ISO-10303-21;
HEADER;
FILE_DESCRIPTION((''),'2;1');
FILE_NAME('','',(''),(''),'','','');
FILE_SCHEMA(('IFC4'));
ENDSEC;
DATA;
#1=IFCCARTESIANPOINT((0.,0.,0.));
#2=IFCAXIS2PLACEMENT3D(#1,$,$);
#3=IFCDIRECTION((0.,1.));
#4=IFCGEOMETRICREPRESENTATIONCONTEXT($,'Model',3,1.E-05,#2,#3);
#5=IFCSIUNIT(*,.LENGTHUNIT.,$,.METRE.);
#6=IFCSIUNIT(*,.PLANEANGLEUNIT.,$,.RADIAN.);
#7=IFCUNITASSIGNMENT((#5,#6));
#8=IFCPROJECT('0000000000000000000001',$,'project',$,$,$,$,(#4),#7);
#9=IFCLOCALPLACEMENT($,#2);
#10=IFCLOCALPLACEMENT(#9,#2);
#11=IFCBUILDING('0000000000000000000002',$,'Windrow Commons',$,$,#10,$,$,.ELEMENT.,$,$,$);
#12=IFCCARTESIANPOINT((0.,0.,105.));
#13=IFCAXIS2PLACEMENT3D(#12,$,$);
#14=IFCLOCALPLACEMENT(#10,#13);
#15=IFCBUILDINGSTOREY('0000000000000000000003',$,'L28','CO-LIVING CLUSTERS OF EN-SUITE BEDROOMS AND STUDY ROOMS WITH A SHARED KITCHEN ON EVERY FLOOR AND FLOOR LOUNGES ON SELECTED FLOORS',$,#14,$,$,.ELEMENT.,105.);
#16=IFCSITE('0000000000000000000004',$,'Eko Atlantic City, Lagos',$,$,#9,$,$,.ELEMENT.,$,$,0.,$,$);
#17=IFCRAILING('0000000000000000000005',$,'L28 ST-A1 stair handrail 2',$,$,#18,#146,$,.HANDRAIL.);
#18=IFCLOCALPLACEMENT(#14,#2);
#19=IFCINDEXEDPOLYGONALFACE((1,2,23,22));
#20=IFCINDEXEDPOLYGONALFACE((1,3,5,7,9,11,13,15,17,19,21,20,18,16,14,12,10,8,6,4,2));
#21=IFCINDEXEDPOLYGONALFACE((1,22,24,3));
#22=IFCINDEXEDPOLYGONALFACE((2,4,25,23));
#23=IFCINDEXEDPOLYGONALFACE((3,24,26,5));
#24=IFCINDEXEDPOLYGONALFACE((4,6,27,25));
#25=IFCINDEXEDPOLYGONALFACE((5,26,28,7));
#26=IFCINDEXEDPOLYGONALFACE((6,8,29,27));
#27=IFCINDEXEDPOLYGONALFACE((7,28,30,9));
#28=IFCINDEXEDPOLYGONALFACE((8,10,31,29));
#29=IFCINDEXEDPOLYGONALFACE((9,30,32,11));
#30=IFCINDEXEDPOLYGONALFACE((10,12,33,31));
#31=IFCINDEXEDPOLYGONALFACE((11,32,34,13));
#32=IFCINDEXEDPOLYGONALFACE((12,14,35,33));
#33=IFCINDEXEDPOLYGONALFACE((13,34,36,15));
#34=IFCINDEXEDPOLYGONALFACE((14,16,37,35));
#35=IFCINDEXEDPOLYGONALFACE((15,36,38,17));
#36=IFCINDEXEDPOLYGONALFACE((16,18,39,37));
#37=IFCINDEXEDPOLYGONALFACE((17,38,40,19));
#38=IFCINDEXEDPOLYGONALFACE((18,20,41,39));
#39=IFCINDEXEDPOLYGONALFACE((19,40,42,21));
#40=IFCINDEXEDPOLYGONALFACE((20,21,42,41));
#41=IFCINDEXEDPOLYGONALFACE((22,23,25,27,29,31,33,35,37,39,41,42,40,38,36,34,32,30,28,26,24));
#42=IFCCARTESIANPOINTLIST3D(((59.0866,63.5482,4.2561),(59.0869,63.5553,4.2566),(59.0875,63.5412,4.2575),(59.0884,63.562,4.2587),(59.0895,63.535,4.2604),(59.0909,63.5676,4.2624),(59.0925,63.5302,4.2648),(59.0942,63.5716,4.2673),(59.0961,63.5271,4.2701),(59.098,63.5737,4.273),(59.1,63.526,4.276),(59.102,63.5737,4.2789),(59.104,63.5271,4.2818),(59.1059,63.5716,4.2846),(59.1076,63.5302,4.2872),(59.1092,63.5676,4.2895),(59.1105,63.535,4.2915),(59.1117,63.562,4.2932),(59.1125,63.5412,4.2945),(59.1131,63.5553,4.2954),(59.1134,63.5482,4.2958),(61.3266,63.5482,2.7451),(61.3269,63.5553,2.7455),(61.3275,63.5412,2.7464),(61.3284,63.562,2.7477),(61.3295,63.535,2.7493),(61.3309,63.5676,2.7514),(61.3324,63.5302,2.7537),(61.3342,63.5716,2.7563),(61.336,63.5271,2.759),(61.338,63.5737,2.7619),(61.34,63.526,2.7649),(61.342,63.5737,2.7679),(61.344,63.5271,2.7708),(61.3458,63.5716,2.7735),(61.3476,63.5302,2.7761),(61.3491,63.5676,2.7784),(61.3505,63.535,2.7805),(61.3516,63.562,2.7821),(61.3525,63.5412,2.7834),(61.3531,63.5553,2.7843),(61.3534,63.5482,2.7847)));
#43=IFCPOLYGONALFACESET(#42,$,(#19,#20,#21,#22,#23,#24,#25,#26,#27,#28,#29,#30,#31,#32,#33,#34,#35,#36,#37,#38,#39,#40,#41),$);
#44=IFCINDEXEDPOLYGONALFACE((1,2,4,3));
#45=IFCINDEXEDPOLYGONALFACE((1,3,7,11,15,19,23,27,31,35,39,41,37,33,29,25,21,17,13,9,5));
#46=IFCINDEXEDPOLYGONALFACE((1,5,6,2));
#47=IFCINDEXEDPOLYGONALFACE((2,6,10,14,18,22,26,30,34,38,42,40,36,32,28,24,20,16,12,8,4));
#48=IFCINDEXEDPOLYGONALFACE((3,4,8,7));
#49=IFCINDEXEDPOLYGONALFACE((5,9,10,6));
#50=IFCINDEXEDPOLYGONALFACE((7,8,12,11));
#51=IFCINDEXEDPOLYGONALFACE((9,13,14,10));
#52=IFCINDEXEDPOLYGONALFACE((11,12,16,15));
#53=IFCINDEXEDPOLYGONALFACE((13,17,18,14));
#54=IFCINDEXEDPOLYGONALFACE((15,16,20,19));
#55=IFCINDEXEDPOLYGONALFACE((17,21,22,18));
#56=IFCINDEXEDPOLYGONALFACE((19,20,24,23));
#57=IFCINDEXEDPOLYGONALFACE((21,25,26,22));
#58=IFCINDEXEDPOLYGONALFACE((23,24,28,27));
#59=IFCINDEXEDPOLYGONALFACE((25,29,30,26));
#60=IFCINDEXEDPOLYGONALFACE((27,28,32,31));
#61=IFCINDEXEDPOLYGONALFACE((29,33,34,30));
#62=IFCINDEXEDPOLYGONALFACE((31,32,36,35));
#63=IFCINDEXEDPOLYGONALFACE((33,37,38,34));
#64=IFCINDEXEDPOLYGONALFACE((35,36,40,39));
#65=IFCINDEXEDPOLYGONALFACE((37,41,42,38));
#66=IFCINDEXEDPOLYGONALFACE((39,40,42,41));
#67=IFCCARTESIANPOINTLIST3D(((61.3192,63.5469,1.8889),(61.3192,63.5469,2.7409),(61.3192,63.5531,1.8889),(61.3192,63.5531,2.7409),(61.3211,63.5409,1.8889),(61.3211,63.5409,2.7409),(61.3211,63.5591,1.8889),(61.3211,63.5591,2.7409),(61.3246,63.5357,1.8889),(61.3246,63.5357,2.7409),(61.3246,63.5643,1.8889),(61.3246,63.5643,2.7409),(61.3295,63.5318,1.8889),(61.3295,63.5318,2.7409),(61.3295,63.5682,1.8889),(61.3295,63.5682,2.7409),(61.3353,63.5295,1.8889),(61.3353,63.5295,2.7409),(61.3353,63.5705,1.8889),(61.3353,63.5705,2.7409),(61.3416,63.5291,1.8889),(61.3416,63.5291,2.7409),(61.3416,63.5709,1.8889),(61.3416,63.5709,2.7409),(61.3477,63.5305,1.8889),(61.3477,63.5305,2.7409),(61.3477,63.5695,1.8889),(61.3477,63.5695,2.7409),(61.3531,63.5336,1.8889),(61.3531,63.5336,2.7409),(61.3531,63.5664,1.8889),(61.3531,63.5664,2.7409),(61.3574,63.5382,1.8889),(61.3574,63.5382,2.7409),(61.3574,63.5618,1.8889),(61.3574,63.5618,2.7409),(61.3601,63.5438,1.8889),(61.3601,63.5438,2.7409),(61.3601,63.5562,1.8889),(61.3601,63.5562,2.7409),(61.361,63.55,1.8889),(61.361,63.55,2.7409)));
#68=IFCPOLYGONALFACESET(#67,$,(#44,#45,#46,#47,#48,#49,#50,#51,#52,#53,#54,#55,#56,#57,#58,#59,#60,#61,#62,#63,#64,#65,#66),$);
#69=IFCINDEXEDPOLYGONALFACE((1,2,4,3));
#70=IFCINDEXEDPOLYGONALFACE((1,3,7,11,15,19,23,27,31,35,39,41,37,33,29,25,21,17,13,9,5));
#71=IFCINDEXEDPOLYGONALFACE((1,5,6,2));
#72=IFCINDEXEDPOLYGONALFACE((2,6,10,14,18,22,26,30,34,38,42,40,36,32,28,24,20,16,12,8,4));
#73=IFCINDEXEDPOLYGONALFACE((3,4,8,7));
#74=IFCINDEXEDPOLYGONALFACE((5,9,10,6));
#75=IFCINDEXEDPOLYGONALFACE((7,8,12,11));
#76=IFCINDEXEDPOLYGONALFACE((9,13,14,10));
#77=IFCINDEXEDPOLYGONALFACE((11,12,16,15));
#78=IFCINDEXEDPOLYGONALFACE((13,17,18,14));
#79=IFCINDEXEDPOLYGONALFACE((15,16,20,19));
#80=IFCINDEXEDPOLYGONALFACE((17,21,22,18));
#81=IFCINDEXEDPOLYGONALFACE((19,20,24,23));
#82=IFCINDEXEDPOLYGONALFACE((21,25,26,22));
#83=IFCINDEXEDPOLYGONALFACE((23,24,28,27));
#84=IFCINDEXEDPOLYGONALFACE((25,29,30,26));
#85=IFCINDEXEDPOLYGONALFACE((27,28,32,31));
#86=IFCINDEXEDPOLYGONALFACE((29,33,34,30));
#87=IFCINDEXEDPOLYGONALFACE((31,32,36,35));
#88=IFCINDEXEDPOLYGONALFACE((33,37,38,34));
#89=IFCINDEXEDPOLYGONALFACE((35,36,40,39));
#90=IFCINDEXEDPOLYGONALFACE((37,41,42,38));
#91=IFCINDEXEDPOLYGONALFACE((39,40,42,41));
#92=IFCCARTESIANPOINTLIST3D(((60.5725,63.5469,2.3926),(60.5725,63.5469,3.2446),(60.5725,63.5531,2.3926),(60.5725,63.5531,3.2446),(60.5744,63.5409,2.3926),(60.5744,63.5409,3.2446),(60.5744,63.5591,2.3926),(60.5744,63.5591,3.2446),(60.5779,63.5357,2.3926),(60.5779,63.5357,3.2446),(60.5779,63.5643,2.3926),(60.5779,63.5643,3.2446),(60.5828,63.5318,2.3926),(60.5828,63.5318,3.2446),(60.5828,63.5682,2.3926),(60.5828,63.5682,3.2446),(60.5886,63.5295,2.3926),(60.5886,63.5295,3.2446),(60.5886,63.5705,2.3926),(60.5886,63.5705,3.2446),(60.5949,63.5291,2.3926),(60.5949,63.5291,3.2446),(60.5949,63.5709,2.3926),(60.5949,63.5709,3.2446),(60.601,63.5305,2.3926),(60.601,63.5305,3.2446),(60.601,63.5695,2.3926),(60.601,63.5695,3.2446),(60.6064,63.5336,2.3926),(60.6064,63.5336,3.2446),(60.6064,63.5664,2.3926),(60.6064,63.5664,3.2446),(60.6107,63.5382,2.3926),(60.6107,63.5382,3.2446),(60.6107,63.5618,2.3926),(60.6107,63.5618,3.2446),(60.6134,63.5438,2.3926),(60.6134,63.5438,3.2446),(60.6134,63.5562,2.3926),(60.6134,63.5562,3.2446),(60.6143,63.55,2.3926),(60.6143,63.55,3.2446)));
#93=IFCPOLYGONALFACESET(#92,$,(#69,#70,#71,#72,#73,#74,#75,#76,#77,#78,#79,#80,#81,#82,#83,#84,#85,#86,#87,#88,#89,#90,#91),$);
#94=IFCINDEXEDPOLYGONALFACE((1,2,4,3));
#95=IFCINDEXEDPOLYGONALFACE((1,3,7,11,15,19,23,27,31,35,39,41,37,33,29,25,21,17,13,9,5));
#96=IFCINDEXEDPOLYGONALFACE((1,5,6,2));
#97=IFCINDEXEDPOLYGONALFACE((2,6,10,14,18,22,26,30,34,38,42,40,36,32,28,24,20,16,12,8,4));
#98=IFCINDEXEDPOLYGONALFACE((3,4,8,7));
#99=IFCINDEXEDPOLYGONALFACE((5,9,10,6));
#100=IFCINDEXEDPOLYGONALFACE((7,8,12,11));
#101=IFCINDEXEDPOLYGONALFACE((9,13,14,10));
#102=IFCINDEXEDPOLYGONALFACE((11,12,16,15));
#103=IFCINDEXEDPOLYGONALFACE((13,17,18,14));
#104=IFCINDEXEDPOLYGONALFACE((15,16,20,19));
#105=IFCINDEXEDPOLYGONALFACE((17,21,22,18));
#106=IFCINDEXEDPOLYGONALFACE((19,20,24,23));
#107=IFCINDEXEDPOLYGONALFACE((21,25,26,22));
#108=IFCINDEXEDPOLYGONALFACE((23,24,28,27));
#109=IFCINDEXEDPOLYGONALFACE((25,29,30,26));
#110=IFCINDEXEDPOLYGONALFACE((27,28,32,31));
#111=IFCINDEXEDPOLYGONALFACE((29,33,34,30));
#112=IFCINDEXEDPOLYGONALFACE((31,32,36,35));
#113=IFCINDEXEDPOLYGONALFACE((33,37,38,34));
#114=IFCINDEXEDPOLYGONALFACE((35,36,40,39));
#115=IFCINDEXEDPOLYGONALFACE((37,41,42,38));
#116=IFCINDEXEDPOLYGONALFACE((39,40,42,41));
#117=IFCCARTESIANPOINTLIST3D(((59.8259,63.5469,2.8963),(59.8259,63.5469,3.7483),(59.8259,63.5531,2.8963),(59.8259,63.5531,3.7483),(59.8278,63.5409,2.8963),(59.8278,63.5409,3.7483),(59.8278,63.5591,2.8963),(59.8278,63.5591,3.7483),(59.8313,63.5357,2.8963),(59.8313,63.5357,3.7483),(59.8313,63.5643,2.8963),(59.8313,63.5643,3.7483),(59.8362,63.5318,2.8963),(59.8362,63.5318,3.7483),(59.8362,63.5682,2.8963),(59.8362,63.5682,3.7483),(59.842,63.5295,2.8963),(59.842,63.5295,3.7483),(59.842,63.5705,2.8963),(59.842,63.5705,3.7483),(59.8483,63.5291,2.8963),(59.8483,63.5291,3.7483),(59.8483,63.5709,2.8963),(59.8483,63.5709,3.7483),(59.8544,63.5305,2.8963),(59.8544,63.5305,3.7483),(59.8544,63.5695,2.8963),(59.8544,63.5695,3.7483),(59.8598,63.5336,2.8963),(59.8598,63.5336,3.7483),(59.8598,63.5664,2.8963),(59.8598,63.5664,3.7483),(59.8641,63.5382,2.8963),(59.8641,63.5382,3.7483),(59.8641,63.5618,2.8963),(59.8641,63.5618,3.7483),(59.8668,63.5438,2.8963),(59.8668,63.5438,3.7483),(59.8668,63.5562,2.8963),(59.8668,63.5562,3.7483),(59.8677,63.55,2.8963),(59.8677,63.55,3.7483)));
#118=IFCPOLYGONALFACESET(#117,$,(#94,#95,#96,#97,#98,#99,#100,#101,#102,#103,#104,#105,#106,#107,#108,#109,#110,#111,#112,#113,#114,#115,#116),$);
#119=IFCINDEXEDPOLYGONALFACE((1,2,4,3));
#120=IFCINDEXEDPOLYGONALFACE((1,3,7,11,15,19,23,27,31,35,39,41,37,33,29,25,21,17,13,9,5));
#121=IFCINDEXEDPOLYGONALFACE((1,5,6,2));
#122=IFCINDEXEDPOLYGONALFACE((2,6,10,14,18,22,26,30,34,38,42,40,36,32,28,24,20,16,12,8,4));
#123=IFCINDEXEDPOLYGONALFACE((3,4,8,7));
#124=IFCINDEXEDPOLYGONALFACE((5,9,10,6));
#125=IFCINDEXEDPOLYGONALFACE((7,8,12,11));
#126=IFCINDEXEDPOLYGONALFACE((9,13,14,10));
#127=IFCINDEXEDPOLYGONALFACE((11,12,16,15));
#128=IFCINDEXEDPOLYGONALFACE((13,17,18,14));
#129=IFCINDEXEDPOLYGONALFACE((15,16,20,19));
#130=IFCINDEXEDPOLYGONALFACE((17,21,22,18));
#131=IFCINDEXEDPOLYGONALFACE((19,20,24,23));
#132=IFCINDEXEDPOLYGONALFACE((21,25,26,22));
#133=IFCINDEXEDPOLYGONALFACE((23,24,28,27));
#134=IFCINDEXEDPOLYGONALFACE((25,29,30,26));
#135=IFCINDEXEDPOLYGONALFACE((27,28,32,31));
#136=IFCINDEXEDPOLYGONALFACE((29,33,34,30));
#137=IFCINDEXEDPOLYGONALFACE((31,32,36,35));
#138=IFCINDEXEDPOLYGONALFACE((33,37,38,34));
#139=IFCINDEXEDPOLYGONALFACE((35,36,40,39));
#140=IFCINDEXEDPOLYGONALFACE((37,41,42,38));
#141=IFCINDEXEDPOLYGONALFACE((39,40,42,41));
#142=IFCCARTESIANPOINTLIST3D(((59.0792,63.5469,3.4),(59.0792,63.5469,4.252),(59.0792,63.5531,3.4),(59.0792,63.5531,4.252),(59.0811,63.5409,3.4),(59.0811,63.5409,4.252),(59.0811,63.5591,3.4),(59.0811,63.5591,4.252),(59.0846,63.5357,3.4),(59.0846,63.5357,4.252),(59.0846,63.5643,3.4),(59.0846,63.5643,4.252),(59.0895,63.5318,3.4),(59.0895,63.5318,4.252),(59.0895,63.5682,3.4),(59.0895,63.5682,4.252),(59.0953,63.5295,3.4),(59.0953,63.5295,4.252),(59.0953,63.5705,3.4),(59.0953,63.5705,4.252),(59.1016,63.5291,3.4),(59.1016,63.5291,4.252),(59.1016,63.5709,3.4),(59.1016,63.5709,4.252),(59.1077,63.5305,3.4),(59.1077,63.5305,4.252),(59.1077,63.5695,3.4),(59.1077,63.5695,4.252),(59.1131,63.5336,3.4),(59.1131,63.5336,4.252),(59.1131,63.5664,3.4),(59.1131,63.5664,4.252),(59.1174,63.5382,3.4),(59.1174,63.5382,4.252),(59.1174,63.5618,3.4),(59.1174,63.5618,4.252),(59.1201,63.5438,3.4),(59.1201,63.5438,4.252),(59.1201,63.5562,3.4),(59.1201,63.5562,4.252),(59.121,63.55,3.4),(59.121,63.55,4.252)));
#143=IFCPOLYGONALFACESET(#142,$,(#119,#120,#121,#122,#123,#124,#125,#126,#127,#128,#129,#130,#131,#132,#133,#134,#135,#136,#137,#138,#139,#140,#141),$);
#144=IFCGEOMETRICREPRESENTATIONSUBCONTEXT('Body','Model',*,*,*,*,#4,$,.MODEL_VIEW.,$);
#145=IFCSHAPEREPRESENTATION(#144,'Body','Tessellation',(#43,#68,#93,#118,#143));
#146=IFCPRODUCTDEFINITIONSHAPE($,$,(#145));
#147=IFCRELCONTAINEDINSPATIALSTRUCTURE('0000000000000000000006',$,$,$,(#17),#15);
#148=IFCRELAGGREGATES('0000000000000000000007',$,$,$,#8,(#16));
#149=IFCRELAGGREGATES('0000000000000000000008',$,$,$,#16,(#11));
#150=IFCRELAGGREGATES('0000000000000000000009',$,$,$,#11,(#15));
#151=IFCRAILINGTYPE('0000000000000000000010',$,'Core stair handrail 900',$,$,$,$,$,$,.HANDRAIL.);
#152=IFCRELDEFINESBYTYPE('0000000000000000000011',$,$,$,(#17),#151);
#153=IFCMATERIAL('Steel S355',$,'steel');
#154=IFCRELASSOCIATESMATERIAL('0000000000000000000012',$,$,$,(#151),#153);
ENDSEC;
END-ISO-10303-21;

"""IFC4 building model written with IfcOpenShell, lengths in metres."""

from ifc_helpers import new_model, si_unit, direction, frame, origin, origin_2d, place, context, subcontext, project, spatial, circle, extrude, material, type_object, element, save


model = new_model("IFC4")

# Units and contexts
model_context = context("Model", 3, precision=1e-05, world=origin(), true_north=direction((0.0, 1.0)))
body_context = subcontext(model_context, "Body", "Model", "MODEL_VIEW")
ifc_project = project(units=[si_unit("LENGTHUNIT", "METRE"), si_unit("PLANEANGLEUNIT", "RADIAN")], contexts=[model_context])

# Site, building, storey
site_placement = place(None, origin())
site = spatial("IfcSite", under=ifc_project, at=site_placement, Name="Eko Atlantic City, Lagos", CompositionType="ELEMENT", RefElevation=0.0)
building_placement = place(site_placement, origin())
building = spatial("IfcBuilding", under=site, at=building_placement, Name="Windrow Commons", CompositionType="ELEMENT")
storey_placement = place(building_placement, frame((0.0, 0.0, 105.0)))
storey = spatial("IfcBuildingStorey", under=building, at=storey_placement, Name="L28", Description="CO-LIVING CLUSTERS OF EN-SUITE BEDROOMS AND STUDY ROOMS WITH A SHARED KITCHEN ON EVERY FLOOR AND FLOOR LOUNGES ON SELECTED FLOORS", CompositionType="ELEMENT", Elevation=105.0)

# Railing
ifc_material_1 = material(Name="Steel S355", Category="steel")
railing_type_1 = type_object("IfcRailingType", Name="Core stair handrail 900", PredefinedType="HANDRAIL", material=ifc_material_1)
for number, where, name in (
    (1, (61.34, 63.55, 1.8889), "L28 ST-A1 stair handrail 2"),
):
    element("IfcRailing", number, at=place(storey_placement, frame(where)), inside=storey, type_object=railing_type_1, Name=name, PredefinedType="HANDRAIL", context=body_context, shape_type="SweptSolid", body=[
        extrude(circle(Radius=0.024, at=origin_2d()), frame((0.0, 0.0, 0.876), z_axis=(-0.829003, 0.0, 0.559244), x_axis=(0.0, -1.0, 0.0)), (0.0, 0.0, 1.0), 2.702),
        extrude(circle(Radius=0.021, at=origin_2d()), origin(), (0.0, 0.0, 1.0), 0.852),
        extrude(circle(Radius=0.021, at=origin_2d()), frame((-0.7467, 0.0, 0.5037)), (0.0, 0.0, 1.0), 0.852),
        extrude(circle(Radius=0.021, at=origin_2d()), frame((-1.4933, 0.0, 1.0074)), (0.0, 0.0, 1.0), 0.852),
        extrude(circle(Radius=0.021, at=origin_2d()), frame((-2.24, 0.0, 1.5111)), (0.0, 0.0, 1.0), 0.852),
    ])

save(model, "model.ifc")
